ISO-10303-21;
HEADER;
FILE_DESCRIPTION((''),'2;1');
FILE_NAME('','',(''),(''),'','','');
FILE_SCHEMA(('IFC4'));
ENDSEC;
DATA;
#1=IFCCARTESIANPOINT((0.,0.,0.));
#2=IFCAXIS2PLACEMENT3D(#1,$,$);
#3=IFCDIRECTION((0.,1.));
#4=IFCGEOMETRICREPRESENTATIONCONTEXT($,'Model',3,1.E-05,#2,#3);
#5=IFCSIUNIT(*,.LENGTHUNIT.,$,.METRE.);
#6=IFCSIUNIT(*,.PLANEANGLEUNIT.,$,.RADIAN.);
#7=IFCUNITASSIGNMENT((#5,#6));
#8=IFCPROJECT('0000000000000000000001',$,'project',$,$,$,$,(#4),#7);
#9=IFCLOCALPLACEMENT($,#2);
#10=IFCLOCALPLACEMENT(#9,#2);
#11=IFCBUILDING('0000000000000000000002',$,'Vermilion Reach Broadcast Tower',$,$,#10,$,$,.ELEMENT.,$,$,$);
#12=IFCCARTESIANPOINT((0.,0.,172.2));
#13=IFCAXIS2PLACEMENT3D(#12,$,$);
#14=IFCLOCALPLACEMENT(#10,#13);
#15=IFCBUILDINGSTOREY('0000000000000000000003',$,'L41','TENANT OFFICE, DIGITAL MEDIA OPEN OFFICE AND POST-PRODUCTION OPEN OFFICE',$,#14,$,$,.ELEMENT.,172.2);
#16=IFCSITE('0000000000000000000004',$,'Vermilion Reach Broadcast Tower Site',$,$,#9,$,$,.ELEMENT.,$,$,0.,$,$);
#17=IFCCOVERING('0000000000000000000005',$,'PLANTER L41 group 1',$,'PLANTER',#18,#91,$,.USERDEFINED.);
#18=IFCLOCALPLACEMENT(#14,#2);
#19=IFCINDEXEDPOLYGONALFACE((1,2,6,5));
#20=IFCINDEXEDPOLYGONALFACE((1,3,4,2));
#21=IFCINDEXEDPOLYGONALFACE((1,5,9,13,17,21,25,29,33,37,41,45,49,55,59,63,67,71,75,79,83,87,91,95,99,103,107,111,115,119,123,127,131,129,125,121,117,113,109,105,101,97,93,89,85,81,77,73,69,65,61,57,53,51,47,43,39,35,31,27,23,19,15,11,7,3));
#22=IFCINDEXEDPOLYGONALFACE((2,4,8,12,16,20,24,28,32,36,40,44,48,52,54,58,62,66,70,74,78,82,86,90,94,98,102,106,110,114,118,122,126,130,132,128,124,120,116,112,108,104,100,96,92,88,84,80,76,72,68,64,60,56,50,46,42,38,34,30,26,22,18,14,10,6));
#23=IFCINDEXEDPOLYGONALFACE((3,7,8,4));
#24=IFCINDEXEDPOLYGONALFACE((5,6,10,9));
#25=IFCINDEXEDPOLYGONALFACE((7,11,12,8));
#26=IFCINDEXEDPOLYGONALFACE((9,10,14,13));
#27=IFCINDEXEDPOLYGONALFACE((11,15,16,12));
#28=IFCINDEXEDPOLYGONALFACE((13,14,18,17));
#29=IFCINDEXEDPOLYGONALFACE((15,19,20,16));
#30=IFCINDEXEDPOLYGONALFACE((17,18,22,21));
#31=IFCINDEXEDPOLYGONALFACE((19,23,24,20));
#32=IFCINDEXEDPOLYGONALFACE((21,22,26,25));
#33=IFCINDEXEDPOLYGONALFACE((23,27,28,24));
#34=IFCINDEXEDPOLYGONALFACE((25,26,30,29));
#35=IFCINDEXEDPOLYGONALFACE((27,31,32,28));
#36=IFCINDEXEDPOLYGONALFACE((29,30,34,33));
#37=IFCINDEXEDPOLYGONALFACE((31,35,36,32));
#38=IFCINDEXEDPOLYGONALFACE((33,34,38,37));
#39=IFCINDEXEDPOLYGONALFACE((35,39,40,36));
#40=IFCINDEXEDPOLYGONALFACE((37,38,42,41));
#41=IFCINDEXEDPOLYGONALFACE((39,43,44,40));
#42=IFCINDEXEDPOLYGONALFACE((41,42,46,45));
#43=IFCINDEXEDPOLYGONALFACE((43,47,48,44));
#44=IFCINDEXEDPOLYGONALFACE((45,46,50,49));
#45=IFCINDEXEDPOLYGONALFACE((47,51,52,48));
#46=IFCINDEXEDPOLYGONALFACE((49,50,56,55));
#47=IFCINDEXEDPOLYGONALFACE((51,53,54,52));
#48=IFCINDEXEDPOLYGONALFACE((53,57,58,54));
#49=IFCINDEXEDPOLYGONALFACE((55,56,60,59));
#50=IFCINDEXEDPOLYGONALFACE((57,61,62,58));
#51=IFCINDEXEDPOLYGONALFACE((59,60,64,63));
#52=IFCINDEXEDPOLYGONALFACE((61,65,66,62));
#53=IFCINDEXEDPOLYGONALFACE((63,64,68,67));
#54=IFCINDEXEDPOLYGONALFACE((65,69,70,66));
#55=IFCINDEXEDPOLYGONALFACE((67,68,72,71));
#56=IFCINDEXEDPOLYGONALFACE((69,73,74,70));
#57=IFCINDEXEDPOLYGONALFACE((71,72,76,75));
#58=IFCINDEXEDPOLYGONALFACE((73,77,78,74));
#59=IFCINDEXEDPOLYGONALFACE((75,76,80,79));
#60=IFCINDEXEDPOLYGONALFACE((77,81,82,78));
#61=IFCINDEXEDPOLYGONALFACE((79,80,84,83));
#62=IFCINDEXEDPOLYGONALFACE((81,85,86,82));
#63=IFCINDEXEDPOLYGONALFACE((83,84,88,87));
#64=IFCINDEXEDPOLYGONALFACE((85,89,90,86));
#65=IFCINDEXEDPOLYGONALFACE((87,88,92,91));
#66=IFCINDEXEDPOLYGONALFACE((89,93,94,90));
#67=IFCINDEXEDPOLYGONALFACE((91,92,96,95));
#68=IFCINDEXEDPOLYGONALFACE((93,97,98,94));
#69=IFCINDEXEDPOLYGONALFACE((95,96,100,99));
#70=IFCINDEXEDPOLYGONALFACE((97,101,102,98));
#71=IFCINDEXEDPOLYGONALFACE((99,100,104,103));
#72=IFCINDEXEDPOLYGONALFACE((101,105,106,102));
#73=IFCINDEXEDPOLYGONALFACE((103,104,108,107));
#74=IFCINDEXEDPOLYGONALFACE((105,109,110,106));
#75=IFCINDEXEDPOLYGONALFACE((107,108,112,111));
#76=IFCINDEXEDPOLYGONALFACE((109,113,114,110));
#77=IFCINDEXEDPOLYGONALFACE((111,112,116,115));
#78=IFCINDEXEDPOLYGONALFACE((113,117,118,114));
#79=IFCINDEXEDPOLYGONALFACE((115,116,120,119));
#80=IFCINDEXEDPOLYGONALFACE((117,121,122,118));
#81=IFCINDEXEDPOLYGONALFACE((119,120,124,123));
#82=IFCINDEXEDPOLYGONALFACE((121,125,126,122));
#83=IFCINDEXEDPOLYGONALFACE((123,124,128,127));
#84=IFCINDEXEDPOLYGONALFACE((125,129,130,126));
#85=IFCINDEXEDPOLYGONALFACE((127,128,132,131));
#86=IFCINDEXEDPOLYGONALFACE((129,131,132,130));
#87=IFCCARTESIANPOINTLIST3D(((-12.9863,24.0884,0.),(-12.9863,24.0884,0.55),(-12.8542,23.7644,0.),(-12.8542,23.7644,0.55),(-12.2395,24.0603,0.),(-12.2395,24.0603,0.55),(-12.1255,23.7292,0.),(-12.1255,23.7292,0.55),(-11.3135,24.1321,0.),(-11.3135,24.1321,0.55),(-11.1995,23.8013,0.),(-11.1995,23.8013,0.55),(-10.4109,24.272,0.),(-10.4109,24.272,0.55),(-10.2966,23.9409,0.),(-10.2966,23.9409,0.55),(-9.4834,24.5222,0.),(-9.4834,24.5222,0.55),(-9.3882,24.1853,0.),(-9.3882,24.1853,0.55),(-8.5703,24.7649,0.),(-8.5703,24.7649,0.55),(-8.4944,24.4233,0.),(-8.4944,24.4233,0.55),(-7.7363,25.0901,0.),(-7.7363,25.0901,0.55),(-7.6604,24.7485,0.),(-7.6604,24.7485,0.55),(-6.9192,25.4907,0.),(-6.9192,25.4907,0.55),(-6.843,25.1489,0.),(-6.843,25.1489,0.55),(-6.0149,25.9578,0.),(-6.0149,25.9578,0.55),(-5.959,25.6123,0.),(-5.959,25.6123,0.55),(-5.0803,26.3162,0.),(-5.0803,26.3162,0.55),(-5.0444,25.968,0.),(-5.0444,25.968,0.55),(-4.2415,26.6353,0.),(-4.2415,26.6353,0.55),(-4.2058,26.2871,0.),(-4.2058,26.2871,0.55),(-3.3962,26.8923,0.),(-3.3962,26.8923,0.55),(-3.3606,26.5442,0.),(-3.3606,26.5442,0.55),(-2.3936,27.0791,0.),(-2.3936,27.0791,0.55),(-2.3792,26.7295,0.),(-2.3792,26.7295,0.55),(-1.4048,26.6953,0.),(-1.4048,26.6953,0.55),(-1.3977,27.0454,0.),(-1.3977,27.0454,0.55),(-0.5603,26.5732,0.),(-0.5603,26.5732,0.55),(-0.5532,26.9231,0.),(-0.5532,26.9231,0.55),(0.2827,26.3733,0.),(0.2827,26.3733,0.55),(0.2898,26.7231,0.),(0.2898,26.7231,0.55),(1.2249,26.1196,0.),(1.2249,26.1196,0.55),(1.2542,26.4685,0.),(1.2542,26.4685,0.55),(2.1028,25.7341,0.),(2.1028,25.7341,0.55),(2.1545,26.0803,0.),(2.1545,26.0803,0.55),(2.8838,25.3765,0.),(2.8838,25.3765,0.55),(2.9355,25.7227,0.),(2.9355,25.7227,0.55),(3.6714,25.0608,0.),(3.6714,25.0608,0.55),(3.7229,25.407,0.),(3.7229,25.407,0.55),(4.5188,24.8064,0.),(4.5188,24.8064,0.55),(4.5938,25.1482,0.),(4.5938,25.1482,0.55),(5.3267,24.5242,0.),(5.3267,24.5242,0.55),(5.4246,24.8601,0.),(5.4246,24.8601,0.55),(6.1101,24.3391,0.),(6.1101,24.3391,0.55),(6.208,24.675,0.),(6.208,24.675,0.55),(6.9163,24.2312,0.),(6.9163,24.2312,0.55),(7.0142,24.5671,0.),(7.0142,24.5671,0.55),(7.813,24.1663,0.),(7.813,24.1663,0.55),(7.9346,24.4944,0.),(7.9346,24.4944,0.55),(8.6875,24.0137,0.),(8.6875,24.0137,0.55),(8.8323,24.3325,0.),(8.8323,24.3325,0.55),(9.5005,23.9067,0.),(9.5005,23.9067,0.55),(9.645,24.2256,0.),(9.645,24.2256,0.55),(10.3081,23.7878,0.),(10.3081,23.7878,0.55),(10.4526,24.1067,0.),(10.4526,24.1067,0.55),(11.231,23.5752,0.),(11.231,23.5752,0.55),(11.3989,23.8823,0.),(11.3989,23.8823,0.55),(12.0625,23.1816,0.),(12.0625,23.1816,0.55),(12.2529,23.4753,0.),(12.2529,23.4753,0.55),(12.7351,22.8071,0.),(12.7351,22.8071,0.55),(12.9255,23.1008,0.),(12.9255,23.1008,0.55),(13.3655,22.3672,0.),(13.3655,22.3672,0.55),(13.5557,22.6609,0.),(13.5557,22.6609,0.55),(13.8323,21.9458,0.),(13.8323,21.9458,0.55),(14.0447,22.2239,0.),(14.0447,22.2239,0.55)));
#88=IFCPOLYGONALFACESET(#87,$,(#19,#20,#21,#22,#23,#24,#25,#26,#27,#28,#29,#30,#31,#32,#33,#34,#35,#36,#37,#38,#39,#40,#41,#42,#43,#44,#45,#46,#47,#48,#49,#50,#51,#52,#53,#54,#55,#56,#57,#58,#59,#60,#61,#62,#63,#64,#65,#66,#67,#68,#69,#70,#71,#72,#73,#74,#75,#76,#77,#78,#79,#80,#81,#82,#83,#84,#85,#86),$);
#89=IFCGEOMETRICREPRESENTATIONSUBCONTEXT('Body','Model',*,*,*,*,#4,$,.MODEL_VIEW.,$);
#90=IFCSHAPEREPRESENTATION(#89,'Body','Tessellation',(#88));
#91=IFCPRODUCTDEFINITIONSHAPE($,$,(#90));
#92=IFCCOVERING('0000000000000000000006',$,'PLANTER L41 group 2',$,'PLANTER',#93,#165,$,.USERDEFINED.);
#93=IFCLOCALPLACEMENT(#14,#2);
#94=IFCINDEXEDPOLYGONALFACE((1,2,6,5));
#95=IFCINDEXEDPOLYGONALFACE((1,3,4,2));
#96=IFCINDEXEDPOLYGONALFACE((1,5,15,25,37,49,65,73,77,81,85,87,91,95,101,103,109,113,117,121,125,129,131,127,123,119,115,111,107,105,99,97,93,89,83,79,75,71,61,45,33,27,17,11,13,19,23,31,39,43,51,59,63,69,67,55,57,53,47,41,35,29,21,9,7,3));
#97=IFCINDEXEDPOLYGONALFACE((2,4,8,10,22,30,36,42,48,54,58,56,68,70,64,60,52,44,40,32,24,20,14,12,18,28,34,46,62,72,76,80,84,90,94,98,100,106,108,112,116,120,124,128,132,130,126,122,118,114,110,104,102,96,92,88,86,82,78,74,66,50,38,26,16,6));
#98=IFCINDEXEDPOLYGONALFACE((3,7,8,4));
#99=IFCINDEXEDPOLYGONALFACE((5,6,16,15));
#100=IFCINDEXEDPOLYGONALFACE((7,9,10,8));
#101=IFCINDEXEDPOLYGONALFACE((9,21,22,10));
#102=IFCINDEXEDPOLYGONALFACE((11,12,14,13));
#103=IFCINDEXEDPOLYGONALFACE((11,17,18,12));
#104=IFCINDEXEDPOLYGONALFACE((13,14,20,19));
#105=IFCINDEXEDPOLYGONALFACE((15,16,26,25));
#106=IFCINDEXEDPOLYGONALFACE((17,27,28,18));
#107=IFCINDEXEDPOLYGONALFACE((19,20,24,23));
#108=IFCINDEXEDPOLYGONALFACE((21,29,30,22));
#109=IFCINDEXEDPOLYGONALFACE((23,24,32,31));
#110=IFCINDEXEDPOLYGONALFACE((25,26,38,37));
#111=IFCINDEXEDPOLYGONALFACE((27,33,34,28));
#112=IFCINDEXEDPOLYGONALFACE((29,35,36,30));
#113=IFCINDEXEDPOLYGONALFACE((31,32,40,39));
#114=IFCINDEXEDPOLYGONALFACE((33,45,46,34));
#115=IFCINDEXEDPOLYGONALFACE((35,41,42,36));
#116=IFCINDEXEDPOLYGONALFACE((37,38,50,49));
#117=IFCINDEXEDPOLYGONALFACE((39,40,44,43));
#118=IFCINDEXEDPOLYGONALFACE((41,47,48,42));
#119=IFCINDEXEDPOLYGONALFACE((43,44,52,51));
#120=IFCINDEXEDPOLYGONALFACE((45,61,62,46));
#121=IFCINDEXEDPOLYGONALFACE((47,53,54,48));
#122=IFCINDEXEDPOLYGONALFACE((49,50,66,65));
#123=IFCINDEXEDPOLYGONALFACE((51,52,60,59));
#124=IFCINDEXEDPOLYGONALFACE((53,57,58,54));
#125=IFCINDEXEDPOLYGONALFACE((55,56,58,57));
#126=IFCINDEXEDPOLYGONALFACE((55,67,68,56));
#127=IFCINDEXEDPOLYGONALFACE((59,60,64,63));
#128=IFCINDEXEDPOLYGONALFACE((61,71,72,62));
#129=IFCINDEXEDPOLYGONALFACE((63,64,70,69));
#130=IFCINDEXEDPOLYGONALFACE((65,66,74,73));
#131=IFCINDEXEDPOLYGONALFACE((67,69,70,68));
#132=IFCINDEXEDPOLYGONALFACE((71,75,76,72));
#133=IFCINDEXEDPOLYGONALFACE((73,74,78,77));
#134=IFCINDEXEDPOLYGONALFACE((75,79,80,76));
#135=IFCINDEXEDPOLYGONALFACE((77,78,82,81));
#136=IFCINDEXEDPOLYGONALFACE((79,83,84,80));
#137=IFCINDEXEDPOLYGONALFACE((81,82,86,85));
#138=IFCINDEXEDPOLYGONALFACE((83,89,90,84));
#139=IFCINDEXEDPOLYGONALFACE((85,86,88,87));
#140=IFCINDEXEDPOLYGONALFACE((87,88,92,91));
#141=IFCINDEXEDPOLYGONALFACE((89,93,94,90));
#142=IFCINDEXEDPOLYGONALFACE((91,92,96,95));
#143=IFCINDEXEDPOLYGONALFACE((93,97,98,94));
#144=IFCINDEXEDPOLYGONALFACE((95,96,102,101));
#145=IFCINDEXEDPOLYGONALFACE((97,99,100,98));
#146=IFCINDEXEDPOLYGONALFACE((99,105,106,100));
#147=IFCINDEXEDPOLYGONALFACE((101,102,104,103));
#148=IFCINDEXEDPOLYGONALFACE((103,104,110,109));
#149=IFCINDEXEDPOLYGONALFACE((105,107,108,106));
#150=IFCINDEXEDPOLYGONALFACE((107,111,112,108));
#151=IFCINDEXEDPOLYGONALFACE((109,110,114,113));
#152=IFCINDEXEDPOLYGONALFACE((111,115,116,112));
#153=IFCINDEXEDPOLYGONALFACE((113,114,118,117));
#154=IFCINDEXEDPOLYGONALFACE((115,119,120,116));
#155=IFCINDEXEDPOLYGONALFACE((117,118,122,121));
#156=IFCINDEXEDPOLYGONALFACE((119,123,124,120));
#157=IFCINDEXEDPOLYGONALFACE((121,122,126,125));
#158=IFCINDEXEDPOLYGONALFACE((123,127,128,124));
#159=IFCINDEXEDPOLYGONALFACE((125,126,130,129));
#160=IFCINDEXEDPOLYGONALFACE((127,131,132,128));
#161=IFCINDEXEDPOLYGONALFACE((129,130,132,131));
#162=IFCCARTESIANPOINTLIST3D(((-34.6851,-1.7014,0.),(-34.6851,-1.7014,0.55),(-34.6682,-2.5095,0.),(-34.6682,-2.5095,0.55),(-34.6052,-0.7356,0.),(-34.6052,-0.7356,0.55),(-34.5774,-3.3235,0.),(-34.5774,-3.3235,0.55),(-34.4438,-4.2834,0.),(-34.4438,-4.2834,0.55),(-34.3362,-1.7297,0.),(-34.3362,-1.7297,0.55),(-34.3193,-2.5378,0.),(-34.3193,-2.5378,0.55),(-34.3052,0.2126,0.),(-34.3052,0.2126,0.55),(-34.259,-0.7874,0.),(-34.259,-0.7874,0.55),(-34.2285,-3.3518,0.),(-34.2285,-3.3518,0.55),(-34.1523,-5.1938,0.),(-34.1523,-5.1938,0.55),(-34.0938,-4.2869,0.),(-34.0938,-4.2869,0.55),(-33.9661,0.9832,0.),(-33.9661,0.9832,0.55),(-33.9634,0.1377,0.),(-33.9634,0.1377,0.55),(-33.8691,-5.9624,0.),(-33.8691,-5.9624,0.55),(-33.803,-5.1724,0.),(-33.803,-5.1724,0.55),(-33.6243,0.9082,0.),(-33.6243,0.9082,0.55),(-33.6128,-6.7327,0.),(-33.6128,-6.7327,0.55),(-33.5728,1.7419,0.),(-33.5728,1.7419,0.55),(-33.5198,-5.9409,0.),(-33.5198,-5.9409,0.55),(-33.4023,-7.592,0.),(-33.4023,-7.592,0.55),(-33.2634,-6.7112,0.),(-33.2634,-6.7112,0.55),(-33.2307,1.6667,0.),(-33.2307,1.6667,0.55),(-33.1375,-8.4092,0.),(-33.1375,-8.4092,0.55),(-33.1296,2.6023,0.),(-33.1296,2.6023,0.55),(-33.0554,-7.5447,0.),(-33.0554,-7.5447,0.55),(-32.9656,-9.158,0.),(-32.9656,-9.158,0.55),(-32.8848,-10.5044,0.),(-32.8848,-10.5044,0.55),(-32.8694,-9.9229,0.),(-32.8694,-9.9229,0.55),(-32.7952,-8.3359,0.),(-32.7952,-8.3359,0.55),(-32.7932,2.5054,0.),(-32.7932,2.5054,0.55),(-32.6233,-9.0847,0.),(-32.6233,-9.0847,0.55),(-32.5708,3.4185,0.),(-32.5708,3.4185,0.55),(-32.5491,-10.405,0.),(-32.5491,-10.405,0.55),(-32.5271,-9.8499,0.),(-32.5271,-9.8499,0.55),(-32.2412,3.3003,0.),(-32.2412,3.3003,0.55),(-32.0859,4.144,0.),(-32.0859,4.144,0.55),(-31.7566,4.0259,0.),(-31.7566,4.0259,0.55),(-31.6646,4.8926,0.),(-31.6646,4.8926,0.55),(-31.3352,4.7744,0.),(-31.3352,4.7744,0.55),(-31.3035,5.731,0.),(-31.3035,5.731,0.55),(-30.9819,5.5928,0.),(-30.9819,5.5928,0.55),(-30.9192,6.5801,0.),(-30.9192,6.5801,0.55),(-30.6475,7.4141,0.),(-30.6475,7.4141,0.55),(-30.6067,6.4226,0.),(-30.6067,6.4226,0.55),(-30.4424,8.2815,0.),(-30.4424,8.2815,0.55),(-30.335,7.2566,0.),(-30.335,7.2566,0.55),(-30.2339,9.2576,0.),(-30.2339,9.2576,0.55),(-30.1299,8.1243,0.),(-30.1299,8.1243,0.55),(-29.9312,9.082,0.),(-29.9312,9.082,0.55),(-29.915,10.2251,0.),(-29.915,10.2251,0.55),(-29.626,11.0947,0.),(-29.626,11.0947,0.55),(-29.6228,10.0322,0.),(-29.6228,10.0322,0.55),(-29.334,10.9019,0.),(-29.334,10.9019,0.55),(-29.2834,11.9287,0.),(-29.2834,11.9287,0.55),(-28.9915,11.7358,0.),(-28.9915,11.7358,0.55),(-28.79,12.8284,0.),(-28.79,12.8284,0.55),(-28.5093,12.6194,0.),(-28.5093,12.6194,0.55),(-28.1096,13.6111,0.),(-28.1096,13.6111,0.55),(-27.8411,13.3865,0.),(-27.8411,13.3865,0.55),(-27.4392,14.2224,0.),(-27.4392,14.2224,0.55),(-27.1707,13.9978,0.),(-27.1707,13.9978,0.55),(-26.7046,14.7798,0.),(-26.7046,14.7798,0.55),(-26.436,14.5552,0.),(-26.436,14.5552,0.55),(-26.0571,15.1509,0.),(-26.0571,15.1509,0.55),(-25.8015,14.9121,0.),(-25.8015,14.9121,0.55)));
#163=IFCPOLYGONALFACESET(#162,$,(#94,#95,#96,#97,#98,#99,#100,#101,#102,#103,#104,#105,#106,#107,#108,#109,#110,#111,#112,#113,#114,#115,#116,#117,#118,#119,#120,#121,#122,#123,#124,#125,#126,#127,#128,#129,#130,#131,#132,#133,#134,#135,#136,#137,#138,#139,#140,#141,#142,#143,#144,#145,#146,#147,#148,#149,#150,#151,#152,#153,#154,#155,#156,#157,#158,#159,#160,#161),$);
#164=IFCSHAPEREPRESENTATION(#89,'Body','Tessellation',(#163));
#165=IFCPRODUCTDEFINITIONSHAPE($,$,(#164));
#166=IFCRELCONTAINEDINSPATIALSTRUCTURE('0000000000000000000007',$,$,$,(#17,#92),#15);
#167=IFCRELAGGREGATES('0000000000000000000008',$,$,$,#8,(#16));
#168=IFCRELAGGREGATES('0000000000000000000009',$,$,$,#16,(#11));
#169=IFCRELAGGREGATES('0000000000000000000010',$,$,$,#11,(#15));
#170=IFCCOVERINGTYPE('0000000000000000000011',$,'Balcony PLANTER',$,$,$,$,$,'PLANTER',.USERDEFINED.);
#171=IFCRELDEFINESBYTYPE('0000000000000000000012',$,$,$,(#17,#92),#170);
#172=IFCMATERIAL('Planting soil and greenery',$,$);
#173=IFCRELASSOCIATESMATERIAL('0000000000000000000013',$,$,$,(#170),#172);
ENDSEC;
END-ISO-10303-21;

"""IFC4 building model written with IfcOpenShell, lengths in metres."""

from ifc_helpers import new_model, si_unit, direction, frame, origin, place, context, subcontext, project, spatial, polyline, outline, extrude, material, type_object, element, save


model = new_model("IFC4")

# Units and contexts
model_context = context("Model", 3, precision=1e-05, world=origin(), true_north=direction((0.0, 1.0)))
body_context = subcontext(model_context, "Body", "Model", "MODEL_VIEW")
ifc_project = project(units=[si_unit("LENGTHUNIT", "METRE"), si_unit("PLANEANGLEUNIT", "RADIAN")], contexts=[model_context])

# Site, building, storey
site_placement = place(None, origin())
site = spatial("IfcSite", under=ifc_project, at=site_placement, Name="Vermilion Reach Broadcast Tower Site", CompositionType="ELEMENT", RefElevation=0.0)
building_placement = place(site_placement, origin())
building = spatial("IfcBuilding", under=site, at=building_placement, Name="Vermilion Reach Broadcast Tower", CompositionType="ELEMENT")
storey_placement = place(building_placement, frame((0.0, 0.0, 172.2)))
storey = spatial("IfcBuildingStorey", under=building, at=storey_placement, Name="L41", Description="TENANT OFFICE, DIGITAL MEDIA OPEN OFFICE AND POST-PRODUCTION OPEN OFFICE", CompositionType="ELEMENT", Elevation=172.2)

# Shared definitions
placement_1 = place(storey_placement, origin())

# Coverings
ifc_material_1 = material(Name="Planting soil and greenery")
covering_type = type_object("IfcCoveringType", Name="Balcony PLANTER", ElementType="PLANTER", PredefinedType="USERDEFINED", material=ifc_material_1)
element("IfcCovering", 1, at=placement_1, inside=storey, type_object=covering_type, Name="PLANTER L41 group 1", ObjectType="PLANTER", PredefinedType="USERDEFINED", context=body_context, shape_type="SweptSolid", body=[
    extrude(outline(polyline([(14.0447, 22.2239), (13.5557, 22.6609), (12.9255, 23.1008), (12.2529, 23.4753), (11.3989, 23.8823), (10.4526, 24.1067), (9.645, 24.2256), (8.8323, 24.3325), (7.9346, 24.4944), (7.0142, 24.5671), (6.208, 24.675), (5.4246, 24.8601), (4.5938, 25.1482), (3.7229, 25.407), (2.9355, 25.7227), (2.1545, 26.0803), (1.2542, 26.4685), (0.2898, 26.7231), (-0.5532, 26.9231), (-1.3977, 27.0454), (-2.3936, 27.0791), (-3.3962, 26.8923), (-4.2415, 26.6353), (-5.0803, 26.3162), (-6.0149, 25.9578), (-6.9192, 25.4907), (-7.7363, 25.0901), (-8.5703, 24.7649), (-9.4834, 24.5222), (-10.4109, 24.272), (-11.3135, 24.1321), (-12.2395, 24.0603), (-12.9863, 24.0884), (-12.8542, 23.7644), (-12.1255, 23.7292), (-11.1995, 23.8013), (-10.2966, 23.9409), (-9.3882, 24.1853), (-8.4944, 24.4233), (-7.6604, 24.7485), (-6.843, 25.1489), (-5.959, 25.6123), (-5.0444, 25.968), (-4.2058, 26.2871), (-3.3606, 26.5442), (-2.3792, 26.7295), (-1.4048, 26.6953), (-0.5603, 26.5732), (0.2827, 26.3733), (1.2249, 26.1196), (2.1028, 25.7341), (2.8838, 25.3765), (3.6714, 25.0608), (4.5188, 24.8064), (5.3267, 24.5242), (6.1101, 24.3391), (6.9163, 24.2312), (7.813, 24.1663), (8.6875, 24.0137), (9.5005, 23.9067), (10.3081, 23.7878), (11.231, 23.5752), (12.0625, 23.1816), (12.7351, 22.8071), (13.3655, 22.3672), (13.8323, 21.9458), (14.0447, 22.2239)])), origin(), (0.0, 0.0, 1.0), 0.55),
])
element("IfcCovering", 2, at=placement_1, inside=storey, type_object=covering_type, Name="PLANTER L41 group 2", ObjectType="PLANTER", PredefinedType="USERDEFINED", context=body_context, shape_type="SweptSolid", body=[
    extrude(outline(polyline([(-26.0571, 15.1509), (-26.7046, 14.7798), (-27.4392, 14.2224), (-28.1096, 13.6111), (-28.79, 12.8284), (-29.2834, 11.9287), (-29.626, 11.0947), (-29.915, 10.2251), (-30.2339, 9.2576), (-30.4424, 8.2815), (-30.6475, 7.4141), (-30.9192, 6.5801), (-31.3035, 5.731), (-31.6646, 4.8926), (-32.0859, 4.144), (-32.5708, 3.4185), (-33.1296, 2.6023), (-33.5728, 1.7419), (-33.9661, 0.9832), (-34.3052, 0.2126), (-34.6052, -0.7356), (-34.6851, -1.7014), (-34.6682, -2.5095), (-34.5774, -3.3235), (-34.4438, -4.2834), (-34.1523, -5.1938), (-33.8691, -5.9624), (-33.6128, -6.7327), (-33.4023, -7.592), (-33.1375, -8.4092), (-32.9656, -9.158), (-32.8694, -9.9229), (-32.8848, -10.5044), (-32.5491, -10.405), (-32.5271, -9.8499), (-32.6233, -9.0847), (-32.7952, -8.3359), (-33.0554, -7.5447), (-33.2634, -6.7112), (-33.5198, -5.9409), (-33.803, -5.1724), (-34.0938, -4.2869), (-34.2285, -3.3518), (-34.3193, -2.5378), (-34.3362, -1.7297), (-34.259, -0.7874), (-33.9634, 0.1377), (-33.6243, 0.9082), (-33.2307, 1.6667), (-32.7932, 2.5054), (-32.2412, 3.3003), (-31.7566, 4.0259), (-31.3352, 4.7744), (-30.9819, 5.5928), (-30.6067, 6.4226), (-30.335, 7.2566), (-30.1299, 8.1243), (-29.9312, 9.082), (-29.6228, 10.0322), (-29.334, 10.9019), (-28.9915, 11.7358), (-28.5093, 12.6194), (-27.8411, 13.3865), (-27.1707, 13.9978), (-26.436, 14.5552), (-25.8015, 14.9121), (-26.0571, 15.1509)])), origin(), (0.0, 0.0, 1.0), 0.55),
])

save(model, "model.ifc")
